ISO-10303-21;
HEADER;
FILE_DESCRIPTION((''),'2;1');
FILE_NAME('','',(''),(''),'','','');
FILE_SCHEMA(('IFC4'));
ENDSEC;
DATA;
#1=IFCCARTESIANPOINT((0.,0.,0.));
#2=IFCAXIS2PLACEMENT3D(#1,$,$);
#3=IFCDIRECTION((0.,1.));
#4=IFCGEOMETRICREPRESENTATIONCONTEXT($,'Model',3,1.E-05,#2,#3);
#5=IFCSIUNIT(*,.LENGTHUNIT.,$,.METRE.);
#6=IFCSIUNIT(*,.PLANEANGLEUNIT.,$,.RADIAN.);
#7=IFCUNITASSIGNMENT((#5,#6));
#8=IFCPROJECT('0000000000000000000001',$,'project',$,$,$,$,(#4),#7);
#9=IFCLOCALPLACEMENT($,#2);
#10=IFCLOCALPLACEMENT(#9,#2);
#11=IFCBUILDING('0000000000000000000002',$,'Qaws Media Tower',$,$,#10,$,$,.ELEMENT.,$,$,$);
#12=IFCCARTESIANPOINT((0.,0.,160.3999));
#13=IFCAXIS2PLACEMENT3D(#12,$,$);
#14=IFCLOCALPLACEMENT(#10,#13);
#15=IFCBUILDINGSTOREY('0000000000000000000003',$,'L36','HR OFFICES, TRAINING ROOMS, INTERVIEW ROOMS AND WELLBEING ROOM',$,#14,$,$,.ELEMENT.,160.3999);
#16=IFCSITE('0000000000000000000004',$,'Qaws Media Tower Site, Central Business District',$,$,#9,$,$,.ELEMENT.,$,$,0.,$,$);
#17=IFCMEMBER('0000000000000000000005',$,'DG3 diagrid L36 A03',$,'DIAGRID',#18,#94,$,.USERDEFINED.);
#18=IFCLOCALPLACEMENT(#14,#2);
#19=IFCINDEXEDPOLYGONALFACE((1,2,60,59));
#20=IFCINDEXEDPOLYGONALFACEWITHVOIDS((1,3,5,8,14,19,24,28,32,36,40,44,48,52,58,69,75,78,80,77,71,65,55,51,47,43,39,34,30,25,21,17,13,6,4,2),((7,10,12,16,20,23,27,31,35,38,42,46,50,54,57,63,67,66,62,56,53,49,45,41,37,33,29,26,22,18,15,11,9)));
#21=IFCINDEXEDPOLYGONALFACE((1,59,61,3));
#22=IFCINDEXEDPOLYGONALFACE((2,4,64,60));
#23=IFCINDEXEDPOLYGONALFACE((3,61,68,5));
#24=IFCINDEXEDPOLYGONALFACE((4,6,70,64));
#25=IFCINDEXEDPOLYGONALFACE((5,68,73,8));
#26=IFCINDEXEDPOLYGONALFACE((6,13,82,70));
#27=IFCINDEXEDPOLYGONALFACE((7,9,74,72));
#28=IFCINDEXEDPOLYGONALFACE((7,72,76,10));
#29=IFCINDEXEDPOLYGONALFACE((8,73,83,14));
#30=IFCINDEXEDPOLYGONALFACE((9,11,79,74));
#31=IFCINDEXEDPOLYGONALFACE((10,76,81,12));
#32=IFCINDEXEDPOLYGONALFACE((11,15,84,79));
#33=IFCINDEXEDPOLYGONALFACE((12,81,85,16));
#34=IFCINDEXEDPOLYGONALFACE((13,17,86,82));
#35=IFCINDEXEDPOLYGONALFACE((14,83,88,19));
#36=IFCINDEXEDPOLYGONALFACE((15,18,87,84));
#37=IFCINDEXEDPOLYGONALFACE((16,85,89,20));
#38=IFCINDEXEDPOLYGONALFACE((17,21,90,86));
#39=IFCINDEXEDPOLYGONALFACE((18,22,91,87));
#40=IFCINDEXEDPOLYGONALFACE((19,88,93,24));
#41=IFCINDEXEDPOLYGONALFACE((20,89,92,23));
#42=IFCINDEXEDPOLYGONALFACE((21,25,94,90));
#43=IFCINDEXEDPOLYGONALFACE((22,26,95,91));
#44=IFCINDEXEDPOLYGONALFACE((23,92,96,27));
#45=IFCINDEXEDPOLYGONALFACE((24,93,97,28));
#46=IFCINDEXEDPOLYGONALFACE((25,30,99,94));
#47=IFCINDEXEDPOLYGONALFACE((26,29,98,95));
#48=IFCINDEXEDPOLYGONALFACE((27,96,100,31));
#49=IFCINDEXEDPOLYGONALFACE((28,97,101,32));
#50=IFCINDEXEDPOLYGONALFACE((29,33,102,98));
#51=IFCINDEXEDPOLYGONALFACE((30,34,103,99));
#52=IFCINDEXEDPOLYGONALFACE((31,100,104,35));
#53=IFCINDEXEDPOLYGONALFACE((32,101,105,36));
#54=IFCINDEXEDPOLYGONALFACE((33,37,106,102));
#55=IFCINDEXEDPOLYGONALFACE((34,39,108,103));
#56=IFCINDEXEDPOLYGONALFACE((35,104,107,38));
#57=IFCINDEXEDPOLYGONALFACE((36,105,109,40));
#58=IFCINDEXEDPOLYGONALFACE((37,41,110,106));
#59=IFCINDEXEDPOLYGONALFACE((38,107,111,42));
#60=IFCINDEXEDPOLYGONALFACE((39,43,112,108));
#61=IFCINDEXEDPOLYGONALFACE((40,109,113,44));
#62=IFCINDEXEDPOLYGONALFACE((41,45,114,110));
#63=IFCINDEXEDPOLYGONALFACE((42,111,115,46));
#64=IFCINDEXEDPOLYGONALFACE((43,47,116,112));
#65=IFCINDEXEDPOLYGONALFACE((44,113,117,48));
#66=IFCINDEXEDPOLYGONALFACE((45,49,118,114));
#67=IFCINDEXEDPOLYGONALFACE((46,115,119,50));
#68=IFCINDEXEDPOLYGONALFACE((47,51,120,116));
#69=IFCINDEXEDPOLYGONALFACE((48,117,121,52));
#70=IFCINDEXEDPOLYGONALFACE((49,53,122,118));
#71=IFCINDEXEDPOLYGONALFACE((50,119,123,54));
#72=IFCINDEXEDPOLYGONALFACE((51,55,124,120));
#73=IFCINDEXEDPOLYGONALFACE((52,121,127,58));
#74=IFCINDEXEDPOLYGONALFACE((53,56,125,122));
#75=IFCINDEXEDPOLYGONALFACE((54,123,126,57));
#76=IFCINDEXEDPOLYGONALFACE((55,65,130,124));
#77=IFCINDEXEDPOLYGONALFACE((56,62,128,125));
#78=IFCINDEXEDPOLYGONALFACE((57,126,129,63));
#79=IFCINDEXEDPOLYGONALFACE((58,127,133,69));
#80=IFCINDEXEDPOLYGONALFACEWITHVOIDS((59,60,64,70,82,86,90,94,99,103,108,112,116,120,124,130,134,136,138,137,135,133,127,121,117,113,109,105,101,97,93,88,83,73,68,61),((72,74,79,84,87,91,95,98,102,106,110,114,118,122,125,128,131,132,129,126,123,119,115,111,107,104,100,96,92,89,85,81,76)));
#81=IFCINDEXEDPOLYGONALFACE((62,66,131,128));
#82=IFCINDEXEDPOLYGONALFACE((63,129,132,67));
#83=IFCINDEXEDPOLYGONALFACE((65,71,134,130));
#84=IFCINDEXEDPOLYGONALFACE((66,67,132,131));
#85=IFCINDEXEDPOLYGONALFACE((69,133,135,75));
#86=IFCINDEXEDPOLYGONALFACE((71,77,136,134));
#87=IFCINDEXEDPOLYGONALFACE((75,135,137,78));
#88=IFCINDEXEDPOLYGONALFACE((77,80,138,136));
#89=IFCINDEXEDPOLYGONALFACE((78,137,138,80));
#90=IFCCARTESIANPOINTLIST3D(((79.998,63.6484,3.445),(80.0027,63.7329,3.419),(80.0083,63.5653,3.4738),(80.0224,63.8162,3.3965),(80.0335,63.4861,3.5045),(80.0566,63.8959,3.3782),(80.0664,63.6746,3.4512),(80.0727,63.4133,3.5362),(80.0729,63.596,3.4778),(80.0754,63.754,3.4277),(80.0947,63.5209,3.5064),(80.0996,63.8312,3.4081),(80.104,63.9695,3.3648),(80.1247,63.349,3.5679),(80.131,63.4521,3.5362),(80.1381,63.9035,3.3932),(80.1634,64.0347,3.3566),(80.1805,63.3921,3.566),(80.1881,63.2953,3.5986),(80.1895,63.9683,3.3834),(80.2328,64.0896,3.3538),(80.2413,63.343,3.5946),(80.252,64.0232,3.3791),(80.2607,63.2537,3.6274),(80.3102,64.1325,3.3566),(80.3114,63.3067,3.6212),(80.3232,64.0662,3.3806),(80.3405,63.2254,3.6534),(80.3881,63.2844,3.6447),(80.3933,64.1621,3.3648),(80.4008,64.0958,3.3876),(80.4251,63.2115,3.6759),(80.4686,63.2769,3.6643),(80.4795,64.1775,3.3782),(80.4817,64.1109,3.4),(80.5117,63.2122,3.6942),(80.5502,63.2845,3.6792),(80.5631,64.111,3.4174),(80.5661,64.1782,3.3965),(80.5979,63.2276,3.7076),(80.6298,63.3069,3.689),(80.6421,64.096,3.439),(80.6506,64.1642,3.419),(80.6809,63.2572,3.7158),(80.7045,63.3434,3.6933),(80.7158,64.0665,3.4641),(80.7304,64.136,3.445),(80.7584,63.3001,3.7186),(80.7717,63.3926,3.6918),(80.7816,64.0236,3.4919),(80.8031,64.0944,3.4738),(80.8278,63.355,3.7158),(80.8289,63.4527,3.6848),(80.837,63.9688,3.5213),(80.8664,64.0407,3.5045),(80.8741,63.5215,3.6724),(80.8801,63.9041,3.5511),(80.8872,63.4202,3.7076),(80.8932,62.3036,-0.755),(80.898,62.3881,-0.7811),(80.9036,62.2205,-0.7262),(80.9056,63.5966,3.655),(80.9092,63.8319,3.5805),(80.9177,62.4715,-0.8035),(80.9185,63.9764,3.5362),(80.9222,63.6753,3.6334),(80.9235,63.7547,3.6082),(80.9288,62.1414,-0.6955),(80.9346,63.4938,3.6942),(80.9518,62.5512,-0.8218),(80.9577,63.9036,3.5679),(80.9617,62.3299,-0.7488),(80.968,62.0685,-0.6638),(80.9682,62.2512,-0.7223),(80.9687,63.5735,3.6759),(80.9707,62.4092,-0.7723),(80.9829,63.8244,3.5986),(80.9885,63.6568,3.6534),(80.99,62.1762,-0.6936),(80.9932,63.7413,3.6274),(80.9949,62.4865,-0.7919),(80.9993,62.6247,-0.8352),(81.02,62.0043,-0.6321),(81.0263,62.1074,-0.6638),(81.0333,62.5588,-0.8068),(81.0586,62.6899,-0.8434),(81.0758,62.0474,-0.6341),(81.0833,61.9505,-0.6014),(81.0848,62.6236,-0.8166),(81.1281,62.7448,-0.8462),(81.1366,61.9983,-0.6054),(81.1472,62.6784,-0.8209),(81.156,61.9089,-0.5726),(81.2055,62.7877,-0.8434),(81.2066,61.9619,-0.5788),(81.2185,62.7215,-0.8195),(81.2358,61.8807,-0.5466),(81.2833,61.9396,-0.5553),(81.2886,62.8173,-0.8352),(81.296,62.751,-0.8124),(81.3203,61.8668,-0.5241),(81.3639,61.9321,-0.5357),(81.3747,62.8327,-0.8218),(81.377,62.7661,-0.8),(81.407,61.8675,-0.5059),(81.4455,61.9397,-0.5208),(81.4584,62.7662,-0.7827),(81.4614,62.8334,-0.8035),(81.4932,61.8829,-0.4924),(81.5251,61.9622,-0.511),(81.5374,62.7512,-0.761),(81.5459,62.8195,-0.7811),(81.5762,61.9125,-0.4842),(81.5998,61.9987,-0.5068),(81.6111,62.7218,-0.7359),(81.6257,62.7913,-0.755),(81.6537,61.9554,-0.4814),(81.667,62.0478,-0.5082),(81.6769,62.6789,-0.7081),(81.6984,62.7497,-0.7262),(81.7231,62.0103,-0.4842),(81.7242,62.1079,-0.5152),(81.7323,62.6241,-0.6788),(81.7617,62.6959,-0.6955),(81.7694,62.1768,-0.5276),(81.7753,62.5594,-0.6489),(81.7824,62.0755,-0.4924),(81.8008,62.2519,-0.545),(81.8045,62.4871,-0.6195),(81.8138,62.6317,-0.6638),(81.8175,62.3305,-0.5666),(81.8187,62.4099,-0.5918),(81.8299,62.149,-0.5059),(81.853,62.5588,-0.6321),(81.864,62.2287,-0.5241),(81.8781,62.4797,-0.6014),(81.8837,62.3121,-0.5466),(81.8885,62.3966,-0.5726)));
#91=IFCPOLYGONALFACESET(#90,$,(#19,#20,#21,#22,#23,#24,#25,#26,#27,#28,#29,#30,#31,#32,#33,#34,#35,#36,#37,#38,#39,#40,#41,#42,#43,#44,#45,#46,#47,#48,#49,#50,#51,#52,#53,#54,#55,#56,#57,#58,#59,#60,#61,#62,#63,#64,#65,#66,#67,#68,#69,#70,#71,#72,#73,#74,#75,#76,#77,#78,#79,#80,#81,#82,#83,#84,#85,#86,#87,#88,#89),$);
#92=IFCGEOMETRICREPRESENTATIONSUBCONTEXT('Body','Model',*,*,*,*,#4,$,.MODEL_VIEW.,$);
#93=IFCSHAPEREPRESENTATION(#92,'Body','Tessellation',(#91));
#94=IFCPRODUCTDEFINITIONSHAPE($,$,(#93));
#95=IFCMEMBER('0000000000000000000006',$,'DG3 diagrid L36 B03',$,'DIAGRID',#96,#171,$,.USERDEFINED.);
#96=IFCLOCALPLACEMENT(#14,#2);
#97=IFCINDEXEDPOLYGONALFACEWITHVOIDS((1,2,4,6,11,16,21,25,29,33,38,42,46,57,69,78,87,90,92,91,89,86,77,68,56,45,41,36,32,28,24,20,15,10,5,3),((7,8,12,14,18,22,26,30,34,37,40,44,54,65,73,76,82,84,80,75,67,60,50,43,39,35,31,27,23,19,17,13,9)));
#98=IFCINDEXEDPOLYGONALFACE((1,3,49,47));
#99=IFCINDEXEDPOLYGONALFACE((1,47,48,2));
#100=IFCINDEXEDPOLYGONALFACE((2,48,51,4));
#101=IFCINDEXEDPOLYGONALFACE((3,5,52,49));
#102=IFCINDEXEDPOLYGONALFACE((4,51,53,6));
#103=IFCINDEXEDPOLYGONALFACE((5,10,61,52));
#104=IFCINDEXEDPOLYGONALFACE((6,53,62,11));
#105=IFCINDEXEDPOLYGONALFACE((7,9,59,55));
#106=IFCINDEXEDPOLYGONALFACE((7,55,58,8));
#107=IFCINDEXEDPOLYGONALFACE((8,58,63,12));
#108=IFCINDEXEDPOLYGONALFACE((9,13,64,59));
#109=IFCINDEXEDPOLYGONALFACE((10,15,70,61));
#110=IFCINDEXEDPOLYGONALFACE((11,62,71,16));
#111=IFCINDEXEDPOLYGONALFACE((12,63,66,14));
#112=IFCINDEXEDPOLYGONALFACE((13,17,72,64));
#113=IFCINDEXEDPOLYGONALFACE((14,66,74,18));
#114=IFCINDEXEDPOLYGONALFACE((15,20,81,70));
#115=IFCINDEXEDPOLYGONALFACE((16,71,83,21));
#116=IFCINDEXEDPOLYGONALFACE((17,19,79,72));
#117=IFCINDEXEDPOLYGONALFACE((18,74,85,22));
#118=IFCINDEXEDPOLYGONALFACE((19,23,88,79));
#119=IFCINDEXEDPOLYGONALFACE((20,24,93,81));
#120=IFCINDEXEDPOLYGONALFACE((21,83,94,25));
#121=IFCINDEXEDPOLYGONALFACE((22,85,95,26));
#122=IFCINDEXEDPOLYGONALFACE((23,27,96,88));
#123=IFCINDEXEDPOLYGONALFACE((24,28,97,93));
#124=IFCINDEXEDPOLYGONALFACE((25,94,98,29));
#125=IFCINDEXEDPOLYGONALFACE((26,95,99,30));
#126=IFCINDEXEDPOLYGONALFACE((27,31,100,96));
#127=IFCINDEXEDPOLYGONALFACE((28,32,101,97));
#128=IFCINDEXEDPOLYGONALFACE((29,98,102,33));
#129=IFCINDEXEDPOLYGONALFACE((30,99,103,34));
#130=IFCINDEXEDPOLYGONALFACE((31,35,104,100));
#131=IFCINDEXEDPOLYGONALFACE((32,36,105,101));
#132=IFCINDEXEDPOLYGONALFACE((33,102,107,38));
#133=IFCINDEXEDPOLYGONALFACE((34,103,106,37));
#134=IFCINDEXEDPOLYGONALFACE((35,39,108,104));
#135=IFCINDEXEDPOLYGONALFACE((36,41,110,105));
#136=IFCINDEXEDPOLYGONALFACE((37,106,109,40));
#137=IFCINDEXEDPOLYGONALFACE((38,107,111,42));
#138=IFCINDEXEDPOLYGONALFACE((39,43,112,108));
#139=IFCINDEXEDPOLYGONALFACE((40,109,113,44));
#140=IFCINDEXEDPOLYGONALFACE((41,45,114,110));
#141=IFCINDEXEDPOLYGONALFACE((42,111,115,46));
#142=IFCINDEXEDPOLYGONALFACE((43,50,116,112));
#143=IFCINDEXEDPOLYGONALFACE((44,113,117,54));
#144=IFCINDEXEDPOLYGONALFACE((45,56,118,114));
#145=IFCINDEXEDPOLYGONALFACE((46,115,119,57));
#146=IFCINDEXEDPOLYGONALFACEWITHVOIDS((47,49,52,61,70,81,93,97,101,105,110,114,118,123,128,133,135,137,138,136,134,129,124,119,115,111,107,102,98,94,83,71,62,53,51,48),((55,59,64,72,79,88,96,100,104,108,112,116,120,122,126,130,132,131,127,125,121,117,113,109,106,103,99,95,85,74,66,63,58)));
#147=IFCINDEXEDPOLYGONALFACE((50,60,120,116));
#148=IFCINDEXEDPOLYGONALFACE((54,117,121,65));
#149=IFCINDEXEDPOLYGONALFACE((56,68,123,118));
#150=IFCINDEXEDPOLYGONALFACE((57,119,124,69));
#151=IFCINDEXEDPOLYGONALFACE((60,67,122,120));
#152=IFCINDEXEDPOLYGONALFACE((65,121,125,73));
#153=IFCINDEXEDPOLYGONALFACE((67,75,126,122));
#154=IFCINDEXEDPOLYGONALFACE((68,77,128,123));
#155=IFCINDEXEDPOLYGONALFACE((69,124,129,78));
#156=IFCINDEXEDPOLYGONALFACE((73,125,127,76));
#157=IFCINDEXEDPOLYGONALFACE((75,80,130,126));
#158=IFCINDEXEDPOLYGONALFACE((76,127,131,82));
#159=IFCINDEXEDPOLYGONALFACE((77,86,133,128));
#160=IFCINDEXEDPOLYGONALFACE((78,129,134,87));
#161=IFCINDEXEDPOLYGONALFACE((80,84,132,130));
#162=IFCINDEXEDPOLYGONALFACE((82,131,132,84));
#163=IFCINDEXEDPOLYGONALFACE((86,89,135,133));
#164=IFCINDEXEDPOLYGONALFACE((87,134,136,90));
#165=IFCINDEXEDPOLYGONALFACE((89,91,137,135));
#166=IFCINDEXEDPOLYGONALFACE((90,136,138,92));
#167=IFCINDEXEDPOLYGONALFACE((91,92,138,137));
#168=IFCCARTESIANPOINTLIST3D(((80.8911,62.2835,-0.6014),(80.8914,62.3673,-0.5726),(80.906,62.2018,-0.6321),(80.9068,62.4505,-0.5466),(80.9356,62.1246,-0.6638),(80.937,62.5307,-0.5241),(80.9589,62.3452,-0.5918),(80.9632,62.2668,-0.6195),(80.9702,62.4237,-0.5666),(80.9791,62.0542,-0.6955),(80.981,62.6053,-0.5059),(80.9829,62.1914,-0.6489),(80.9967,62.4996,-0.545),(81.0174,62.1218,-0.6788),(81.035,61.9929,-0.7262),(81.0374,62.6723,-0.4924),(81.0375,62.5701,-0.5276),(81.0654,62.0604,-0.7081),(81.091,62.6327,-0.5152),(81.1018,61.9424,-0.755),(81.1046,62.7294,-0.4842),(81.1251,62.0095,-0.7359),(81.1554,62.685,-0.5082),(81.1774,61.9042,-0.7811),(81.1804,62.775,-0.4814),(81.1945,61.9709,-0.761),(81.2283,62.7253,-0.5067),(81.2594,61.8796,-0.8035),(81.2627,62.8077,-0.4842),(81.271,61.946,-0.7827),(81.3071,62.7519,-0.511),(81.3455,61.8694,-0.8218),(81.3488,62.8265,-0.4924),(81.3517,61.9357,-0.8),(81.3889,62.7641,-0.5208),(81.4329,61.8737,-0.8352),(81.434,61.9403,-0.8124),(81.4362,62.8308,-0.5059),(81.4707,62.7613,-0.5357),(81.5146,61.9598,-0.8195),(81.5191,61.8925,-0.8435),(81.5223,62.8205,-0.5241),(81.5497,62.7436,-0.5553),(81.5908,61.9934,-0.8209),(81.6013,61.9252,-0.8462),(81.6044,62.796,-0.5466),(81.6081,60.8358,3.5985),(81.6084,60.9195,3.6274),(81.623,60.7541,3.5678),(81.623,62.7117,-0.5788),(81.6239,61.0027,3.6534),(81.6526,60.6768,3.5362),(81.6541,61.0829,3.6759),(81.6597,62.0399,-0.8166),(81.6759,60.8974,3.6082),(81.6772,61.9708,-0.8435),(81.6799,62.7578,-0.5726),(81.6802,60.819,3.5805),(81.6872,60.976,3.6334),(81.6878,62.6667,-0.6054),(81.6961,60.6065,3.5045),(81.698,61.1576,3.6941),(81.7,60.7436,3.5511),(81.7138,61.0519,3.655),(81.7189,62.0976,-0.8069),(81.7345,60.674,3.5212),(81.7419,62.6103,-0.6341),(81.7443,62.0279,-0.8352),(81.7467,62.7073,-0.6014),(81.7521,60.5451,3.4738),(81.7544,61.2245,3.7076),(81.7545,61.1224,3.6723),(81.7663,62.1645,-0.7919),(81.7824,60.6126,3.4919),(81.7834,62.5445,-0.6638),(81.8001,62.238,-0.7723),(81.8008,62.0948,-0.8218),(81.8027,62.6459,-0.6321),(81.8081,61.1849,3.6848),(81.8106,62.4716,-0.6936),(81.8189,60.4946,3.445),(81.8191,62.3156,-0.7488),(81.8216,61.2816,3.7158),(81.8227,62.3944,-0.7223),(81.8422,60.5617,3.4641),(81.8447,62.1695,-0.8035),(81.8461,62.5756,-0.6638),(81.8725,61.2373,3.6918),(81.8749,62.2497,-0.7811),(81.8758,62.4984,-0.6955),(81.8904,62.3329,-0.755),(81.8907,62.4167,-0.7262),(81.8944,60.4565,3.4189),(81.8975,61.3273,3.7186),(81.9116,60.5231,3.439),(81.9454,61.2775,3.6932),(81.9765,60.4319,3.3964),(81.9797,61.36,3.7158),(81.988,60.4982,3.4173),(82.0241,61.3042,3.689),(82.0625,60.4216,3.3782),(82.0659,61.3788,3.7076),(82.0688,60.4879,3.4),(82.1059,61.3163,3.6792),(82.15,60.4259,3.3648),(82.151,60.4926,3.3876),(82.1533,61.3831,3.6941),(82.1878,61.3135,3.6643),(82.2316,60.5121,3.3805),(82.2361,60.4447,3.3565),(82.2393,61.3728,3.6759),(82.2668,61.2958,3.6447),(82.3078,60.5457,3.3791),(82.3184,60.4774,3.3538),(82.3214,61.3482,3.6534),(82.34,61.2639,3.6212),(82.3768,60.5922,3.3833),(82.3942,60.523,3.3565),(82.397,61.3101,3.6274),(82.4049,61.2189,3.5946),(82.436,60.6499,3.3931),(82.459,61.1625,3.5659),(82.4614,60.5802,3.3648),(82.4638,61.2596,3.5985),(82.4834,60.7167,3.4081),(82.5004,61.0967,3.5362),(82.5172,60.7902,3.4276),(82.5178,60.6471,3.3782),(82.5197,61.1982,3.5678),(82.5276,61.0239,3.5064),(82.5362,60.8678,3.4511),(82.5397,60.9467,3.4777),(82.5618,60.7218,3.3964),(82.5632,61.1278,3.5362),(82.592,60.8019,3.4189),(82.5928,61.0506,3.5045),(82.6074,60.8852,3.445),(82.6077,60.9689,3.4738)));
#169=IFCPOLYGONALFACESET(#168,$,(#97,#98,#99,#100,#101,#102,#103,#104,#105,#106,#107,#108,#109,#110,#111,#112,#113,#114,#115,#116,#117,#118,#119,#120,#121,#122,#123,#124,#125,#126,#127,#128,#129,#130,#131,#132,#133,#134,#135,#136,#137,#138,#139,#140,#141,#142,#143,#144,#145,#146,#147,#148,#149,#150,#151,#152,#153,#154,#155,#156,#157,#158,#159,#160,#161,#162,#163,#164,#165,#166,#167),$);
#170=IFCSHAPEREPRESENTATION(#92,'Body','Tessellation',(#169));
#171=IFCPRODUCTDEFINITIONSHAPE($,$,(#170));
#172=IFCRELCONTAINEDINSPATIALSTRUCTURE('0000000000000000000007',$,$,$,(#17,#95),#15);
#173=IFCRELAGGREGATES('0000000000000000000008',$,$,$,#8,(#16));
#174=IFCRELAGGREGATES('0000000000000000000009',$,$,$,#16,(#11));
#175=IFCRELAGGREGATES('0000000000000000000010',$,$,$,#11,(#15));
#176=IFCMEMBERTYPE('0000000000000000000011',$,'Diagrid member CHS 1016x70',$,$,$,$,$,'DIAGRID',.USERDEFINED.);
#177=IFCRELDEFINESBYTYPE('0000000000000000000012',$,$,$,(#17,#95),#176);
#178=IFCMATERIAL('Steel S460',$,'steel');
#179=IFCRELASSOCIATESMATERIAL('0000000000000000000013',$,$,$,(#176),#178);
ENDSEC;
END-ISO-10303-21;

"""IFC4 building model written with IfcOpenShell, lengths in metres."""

from ifc_helpers import new_model, si_unit, direction, frame, origin, origin_2d, place, context, subcontext, project, spatial, hollow_circle, extrude, material, material_profile, profile_set, type_object, element, save


model = new_model("IFC4")

# Units and contexts
model_context = context("Model", 3, precision=1e-05, world=origin(), true_north=direction((0.0, 1.0)))
body_context = subcontext(model_context, "Body", "Model", "MODEL_VIEW")
ifc_project = project(units=[si_unit("LENGTHUNIT", "METRE"), si_unit("PLANEANGLEUNIT", "RADIAN")], contexts=[model_context])

# Site, building, storey
site_placement = place(None, origin())
site = spatial("IfcSite", under=ifc_project, at=site_placement, Name="Qaws Media Tower Site, Central Business District", CompositionType="ELEMENT", RefElevation=0.0)
building_placement = place(site_placement, origin())
building = spatial("IfcBuilding", under=site, at=building_placement, Name="Qaws Media Tower", CompositionType="ELEMENT")
storey_placement = place(building_placement, frame((0.0, 0.0, 160.3999)))
storey = spatial("IfcBuildingStorey", under=building, at=storey_placement, Name="L36", Description="HR OFFICES, TRAINING ROOMS, INTERVIEW ROOMS AND WELLBEING ROOM", CompositionType="ELEMENT", Elevation=160.3999)

# Members
ifc_material_1 = material(Name="Steel S460", Category="steel")
ifc_material_profile_1 = material_profile(ifc_material_1, hollow_circle(Radius=0.5081, WallThickness=0.0701, at=origin_2d()), Name="CHS 1016x70")
ifc_profile_set_1 = profile_set([ifc_material_profile_1], Name="Steel S460")
member_type_1 = type_object("IfcMemberType", Name="Diagrid member CHS 1016x70", ElementType="DIAGRID", PredefinedType="USERDEFINED", material=ifc_profile_set_1)
for number, where, z_axis, x_axis, name in (
    (1, (81.3909, 62.3501, -0.6638), (-0.198951, 0.298833, 0.933337), (-0.832399, -0.554177, 0.0), "DG3 diagrid L36 A03"),
    (2, (81.3909, 62.3501, -0.6638), (0.159344, -0.321725, 0.933329), (0.896113, 0.443825, 0.0), "DG3 diagrid L36 B03"),
):
    element("IfcMember", number, at=place(storey_placement, frame(where, z_axis=z_axis, x_axis=x_axis)), inside=storey, type_object=member_type_1, Name=name, ObjectType="DIAGRID", PredefinedType="USERDEFINED", context=body_context, shape_type="SweptSolid", body=[
        extrude(hollow_circle(Radius=0.5081, WallThickness=0.0701, at=origin_2d()), origin(), (0.0, 0.0, 1.0), 4.5),
    ])

save(model, "model.ifc")
